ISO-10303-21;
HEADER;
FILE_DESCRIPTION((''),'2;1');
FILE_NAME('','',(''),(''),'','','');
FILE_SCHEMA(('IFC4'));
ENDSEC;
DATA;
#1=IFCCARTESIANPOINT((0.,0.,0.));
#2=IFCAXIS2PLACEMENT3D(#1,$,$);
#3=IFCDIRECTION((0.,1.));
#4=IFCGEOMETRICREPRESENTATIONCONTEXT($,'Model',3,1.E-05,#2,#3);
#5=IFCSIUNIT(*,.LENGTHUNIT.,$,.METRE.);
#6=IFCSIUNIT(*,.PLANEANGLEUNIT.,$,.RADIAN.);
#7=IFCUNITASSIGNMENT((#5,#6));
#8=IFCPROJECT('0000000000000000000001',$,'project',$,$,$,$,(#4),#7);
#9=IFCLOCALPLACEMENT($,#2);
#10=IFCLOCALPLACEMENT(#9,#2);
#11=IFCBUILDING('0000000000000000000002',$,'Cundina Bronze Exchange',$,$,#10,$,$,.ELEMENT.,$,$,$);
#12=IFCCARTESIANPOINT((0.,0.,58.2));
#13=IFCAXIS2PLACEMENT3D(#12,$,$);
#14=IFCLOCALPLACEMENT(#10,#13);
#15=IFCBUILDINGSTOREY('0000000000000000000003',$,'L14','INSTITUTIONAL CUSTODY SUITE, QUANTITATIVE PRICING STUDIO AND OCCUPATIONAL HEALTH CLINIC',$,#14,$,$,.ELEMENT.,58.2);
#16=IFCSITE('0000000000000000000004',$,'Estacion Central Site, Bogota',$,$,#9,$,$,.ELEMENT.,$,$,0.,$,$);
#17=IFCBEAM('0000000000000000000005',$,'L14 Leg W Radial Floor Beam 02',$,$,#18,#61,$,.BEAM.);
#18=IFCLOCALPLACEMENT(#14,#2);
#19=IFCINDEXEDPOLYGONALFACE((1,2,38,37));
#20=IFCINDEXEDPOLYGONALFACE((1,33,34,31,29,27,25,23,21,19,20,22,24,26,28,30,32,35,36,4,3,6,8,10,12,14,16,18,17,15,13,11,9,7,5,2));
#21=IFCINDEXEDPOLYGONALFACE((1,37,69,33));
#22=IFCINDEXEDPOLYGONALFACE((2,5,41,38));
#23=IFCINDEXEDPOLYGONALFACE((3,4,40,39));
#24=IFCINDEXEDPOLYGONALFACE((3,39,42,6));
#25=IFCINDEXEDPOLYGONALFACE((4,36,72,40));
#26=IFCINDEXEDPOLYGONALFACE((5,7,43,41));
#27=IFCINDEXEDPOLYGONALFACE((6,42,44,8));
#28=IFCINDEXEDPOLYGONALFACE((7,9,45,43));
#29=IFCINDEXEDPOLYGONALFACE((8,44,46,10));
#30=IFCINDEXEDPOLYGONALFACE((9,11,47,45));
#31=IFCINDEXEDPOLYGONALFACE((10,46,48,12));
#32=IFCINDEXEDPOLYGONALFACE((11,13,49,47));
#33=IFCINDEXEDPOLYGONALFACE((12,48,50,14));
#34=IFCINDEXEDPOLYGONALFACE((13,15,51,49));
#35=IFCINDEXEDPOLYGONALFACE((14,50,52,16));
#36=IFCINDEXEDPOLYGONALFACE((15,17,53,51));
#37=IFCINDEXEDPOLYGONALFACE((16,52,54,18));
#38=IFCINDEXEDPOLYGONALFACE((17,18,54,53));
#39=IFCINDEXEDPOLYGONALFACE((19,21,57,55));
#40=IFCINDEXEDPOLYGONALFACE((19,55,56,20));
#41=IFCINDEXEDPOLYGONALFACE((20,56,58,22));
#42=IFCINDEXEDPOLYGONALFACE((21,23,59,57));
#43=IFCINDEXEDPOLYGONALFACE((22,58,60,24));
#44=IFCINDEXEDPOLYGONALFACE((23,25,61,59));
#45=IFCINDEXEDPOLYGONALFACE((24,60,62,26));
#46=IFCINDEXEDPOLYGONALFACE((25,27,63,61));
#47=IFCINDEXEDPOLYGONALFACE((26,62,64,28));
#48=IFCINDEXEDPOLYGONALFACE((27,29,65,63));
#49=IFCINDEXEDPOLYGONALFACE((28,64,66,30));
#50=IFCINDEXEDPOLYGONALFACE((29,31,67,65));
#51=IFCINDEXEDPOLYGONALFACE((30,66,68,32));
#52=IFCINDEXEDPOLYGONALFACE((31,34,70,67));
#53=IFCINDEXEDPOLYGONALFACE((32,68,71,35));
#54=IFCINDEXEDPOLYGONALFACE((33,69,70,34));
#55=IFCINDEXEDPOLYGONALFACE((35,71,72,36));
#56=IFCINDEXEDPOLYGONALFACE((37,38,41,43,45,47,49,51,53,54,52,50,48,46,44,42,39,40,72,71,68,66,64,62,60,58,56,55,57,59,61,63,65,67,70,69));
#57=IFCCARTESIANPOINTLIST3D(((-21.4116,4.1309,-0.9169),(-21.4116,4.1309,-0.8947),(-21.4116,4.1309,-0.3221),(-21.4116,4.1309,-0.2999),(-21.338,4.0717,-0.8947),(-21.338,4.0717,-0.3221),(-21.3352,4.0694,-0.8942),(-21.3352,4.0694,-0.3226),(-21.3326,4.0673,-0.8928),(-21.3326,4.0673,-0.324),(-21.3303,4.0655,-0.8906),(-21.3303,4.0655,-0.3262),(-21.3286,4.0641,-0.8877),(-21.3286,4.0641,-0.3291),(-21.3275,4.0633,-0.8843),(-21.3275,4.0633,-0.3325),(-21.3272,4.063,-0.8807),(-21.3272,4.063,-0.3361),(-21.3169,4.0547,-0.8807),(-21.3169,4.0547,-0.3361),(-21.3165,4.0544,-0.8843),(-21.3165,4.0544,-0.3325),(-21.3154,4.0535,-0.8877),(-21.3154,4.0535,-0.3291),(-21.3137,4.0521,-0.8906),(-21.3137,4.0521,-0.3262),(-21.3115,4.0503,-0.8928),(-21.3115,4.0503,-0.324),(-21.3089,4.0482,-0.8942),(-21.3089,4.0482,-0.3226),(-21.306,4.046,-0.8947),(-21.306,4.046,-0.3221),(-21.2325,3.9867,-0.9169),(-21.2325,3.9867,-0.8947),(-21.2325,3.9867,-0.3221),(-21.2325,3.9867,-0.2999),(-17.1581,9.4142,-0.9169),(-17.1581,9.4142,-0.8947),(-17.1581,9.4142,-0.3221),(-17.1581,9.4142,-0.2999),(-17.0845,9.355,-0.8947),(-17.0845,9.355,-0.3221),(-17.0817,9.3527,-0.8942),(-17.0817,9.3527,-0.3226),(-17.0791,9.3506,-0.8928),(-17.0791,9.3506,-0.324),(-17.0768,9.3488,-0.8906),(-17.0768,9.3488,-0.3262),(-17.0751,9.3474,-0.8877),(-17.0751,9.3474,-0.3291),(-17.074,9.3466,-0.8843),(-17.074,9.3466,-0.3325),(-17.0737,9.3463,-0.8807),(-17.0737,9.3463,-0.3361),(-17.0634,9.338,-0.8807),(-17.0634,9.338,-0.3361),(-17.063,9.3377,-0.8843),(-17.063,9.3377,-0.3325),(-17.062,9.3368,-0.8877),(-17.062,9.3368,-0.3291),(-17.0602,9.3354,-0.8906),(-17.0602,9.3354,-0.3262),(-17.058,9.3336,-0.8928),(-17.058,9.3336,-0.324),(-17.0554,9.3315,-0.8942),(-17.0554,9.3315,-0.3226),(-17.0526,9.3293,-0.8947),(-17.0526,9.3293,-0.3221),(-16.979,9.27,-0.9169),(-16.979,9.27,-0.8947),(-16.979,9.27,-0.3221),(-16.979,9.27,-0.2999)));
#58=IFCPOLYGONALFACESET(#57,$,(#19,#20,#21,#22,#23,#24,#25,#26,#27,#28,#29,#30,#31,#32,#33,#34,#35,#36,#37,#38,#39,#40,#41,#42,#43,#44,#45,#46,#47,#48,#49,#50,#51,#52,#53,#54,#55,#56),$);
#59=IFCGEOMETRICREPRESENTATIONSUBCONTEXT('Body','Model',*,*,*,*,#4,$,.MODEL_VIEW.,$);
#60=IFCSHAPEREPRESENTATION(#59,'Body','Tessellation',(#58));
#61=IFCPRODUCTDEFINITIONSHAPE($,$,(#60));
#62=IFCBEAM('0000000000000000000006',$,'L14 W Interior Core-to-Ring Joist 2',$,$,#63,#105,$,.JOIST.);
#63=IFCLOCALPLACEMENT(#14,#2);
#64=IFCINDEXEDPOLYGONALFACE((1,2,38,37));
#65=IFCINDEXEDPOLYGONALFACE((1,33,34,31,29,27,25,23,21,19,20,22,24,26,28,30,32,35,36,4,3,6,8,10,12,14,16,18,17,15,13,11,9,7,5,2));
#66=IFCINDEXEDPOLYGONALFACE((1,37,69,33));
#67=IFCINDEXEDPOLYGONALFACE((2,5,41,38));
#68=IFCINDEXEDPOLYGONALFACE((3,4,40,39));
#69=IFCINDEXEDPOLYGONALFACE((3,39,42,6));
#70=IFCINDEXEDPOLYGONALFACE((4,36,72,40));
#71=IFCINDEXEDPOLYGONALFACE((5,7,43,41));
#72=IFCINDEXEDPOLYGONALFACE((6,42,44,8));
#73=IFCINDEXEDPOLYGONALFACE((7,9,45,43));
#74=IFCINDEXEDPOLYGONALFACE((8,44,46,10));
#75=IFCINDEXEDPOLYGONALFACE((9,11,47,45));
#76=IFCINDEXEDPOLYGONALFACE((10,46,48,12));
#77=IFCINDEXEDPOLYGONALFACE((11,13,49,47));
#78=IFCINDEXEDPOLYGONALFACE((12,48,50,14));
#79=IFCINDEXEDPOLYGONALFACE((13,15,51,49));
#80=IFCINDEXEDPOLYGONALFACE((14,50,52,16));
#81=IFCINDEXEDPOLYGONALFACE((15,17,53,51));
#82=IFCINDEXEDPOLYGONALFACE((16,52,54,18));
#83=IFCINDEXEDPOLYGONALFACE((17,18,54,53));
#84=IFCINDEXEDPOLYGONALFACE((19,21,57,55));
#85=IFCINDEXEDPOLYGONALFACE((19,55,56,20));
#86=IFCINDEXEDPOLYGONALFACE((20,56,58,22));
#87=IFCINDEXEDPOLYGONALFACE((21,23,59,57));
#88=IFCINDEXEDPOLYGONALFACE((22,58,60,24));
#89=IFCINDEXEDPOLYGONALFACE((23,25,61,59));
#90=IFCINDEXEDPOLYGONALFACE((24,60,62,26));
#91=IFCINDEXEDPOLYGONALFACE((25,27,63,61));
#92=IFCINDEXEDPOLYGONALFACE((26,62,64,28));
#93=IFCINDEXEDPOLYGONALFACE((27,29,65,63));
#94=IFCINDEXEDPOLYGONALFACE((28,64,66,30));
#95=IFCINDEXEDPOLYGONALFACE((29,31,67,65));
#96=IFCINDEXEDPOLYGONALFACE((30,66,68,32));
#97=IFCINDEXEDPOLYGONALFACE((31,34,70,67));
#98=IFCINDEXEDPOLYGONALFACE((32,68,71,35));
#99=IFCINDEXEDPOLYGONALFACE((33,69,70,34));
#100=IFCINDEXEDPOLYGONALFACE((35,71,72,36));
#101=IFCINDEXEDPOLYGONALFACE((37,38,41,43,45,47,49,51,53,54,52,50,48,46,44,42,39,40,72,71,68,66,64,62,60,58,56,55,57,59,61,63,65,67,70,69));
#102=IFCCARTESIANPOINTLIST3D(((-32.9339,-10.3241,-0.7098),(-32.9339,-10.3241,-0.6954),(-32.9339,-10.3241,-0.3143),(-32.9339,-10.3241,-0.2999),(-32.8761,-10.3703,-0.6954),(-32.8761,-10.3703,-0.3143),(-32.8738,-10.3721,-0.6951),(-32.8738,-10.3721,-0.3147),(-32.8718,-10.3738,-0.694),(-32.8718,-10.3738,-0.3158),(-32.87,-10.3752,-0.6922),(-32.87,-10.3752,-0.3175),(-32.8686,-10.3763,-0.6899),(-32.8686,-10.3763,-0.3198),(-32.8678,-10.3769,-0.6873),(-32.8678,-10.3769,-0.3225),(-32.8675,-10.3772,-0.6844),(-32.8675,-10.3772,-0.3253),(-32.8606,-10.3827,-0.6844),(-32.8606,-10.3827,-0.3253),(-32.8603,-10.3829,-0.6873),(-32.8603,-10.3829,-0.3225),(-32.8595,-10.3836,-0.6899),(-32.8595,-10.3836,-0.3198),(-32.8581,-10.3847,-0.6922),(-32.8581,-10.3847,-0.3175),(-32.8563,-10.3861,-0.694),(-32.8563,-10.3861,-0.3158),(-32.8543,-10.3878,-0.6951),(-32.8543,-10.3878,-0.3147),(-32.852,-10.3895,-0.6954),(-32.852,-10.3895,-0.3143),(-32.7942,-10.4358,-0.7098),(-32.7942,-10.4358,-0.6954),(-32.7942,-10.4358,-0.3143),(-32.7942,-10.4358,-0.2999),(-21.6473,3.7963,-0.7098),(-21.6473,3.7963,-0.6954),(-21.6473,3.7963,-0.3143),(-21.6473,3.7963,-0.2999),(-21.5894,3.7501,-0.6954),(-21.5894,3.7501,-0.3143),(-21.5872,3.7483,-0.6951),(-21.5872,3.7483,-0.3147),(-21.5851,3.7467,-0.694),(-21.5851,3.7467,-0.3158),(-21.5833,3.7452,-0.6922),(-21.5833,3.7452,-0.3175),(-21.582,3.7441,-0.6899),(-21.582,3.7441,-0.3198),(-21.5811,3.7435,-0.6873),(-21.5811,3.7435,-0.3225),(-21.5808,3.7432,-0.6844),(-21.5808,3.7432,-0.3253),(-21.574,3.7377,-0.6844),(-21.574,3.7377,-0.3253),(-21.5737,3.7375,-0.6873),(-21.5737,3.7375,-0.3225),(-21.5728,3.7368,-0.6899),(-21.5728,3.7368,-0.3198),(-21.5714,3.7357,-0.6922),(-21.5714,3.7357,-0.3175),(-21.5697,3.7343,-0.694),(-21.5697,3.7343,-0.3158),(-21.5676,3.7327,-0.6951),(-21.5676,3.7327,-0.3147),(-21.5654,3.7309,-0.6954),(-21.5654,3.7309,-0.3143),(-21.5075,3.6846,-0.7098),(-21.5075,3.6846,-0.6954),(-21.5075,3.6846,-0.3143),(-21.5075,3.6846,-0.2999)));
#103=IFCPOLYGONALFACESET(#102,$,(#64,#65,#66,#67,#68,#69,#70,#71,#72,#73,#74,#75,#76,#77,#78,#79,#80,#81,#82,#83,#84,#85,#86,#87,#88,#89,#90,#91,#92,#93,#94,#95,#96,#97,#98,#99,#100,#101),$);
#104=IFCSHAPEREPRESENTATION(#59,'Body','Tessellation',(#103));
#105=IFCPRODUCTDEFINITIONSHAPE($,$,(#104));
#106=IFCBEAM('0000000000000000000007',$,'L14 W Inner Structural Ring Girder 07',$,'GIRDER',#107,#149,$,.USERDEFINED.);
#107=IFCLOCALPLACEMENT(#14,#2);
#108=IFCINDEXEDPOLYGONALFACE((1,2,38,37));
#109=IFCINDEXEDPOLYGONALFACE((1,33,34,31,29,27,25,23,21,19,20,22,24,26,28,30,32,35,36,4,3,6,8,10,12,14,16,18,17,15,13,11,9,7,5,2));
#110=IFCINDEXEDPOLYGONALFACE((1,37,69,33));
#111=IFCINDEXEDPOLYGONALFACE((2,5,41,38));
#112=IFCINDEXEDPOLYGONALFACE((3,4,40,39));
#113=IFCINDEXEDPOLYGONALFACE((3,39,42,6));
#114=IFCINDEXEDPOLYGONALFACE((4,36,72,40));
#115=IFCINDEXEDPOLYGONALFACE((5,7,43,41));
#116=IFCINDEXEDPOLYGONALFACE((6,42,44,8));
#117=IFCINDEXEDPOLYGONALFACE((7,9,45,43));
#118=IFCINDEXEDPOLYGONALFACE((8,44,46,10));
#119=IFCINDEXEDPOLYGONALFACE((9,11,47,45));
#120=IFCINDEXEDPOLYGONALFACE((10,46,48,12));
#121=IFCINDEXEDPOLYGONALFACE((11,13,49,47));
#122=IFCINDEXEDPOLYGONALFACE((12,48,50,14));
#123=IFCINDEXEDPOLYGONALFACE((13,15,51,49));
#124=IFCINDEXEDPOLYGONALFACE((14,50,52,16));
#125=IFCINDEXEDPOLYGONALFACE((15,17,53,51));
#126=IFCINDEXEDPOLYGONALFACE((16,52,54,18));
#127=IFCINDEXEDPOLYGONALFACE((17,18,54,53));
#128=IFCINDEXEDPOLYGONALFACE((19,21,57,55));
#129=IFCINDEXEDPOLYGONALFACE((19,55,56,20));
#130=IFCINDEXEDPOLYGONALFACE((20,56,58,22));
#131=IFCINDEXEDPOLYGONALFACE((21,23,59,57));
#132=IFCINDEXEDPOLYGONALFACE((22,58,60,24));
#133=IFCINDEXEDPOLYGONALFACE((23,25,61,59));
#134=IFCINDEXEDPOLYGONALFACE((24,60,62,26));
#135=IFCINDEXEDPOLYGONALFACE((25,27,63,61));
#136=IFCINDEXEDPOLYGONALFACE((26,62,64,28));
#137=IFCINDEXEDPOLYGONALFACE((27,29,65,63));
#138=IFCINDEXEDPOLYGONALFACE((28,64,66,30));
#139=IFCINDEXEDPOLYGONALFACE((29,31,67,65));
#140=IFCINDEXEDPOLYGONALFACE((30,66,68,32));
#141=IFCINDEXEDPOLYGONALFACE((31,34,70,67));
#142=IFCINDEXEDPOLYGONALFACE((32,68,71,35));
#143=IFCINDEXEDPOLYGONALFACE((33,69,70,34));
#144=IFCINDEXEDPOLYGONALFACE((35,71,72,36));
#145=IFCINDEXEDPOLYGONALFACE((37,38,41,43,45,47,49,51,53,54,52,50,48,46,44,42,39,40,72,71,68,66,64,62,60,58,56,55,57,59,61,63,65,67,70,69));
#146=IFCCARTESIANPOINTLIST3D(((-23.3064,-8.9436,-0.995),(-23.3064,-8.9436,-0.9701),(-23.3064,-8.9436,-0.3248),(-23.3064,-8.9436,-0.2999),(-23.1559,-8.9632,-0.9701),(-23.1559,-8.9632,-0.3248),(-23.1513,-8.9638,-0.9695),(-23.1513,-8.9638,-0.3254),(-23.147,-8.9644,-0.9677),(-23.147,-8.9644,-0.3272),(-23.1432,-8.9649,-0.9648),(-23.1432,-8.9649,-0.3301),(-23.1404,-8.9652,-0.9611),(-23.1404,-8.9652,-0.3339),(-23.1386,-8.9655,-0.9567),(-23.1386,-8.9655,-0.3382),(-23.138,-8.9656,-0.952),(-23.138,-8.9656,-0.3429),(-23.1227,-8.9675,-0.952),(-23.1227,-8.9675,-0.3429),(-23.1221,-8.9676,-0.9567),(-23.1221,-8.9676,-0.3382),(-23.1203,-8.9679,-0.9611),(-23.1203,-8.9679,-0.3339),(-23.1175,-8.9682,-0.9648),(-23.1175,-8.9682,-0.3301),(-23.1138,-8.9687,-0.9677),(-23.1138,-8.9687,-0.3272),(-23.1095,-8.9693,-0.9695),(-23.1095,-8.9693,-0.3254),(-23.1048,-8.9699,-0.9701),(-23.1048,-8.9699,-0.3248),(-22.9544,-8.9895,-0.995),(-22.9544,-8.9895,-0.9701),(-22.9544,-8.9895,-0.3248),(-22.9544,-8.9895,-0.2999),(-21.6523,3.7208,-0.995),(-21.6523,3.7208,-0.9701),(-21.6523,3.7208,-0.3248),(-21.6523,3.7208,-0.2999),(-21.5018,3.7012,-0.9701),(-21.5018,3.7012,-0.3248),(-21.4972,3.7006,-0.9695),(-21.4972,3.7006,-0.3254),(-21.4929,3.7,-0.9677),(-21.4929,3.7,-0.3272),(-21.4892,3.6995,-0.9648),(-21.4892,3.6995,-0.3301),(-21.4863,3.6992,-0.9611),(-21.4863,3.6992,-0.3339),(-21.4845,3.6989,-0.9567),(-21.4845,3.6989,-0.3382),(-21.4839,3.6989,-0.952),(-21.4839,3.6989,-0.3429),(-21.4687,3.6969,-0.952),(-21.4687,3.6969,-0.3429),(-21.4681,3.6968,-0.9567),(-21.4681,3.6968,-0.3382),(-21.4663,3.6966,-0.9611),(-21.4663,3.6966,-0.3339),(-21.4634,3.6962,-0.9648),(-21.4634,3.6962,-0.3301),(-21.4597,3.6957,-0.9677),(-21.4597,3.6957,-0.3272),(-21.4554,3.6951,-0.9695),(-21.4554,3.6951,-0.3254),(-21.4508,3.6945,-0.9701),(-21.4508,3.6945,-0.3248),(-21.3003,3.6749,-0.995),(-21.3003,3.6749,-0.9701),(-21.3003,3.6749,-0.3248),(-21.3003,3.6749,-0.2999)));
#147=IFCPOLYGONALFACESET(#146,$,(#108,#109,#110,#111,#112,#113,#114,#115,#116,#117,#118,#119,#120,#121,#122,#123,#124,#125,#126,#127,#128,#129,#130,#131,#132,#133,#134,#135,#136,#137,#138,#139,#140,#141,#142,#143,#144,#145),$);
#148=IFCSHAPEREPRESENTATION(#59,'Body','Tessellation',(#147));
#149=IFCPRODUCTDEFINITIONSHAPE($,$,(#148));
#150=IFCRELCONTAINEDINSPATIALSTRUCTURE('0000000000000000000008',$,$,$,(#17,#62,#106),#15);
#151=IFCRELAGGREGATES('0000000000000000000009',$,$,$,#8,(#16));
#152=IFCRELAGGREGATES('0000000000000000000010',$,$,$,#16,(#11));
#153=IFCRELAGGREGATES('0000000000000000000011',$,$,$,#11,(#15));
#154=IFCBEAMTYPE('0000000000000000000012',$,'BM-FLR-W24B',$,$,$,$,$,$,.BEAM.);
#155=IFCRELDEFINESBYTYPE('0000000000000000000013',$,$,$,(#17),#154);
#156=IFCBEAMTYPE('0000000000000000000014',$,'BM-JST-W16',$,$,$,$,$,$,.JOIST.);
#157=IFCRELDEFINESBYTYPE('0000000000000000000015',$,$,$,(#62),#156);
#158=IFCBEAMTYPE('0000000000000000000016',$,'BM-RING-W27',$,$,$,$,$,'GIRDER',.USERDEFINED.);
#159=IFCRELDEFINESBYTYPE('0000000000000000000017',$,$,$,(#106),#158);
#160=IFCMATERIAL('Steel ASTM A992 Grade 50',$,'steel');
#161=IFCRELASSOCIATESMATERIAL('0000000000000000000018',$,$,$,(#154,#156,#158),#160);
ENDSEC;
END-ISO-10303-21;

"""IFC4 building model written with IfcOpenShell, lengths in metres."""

from ifc_helpers import new_model, si_unit, direction, frame, origin, origin_2d, place, context, subcontext, project, spatial, i_section, extrude, material, material_profile, profile_set, type_object, element, save


model = new_model("IFC4")

# Units and contexts
model_context = context("Model", 3, precision=1e-05, world=origin(), true_north=direction((0.0, 1.0)))
body_context = subcontext(model_context, "Body", "Model", "MODEL_VIEW")
ifc_project = project(units=[si_unit("LENGTHUNIT", "METRE"), si_unit("PLANEANGLEUNIT", "RADIAN")], contexts=[model_context])

# Site, building, storey
site_placement = place(None, origin())
site = spatial("IfcSite", under=ifc_project, at=site_placement, Name="Estacion Central Site, Bogota", CompositionType="ELEMENT", RefElevation=0.0)
building_placement = place(site_placement, origin())
building = spatial("IfcBuilding", under=site, at=building_placement, Name="Cundina Bronze Exchange", CompositionType="ELEMENT")
storey_placement = place(building_placement, frame((0.0, 0.0, 58.2)))
storey = spatial("IfcBuildingStorey", under=building, at=storey_placement, Name="L14", Description="INSTITUTIONAL CUSTODY SUITE, QUANTITATIVE PRICING STUDIO AND OCCUPATIONAL HEALTH CLINIC", CompositionType="ELEMENT", Elevation=58.2)

# Shared definitions
ifc_material_1 = material(Name="Steel ASTM A992 Grade 50", Category="steel")

# Beams
ifc_material_profile_1 = material_profile(ifc_material_1, i_section(OverallWidth=0.23, OverallDepth=0.6169, WebThickness=0.0132, FlangeThickness=0.0222, FilletRadius=0.0139, at=origin_2d()), Name="W24X94", Category="steel")
ifc_profile_set_1 = profile_set([ifc_material_profile_1], Name="Steel ASTM A992 Grade 50")
beam_type_1 = type_object("IfcBeamType", Name="BM-FLR-W24B", PredefinedType="BEAM", material=ifc_profile_set_1)
beam_1_placement = place(storey_placement, frame((-21.322, 4.0588, -0.6084), z_axis=(0.627106, 0.778934, 0.0), x_axis=(-0.778934, 0.627106, 0.0)))
element("IfcBeam", 1, at=beam_1_placement, inside=storey, type_object=beam_type_1, Name="L14 Leg W Radial Floor Beam 02", PredefinedType="BEAM", context=body_context, shape_type="SweptSolid", body=[
    extrude(i_section(OverallWidth=0.23, OverallDepth=0.6169, WebThickness=0.0132, FlangeThickness=0.0222, FilletRadius=0.0139, at=origin_2d()), origin(), (0.0, 0.0, 1.0), 6.7827),
])
ifc_material_profile_2 = material_profile(ifc_material_1, i_section(OverallWidth=0.179, OverallDepth=0.4099, WebThickness=0.0088, FlangeThickness=0.0144, FilletRadius=0.011, at=origin_2d()), Name="W16X45", Category="steel")
ifc_profile_set_2 = profile_set([ifc_material_profile_2], Name="Steel ASTM A992 Grade 50")
beam_type_2 = type_object("IfcBeamType", Name="BM-JST-W16", PredefinedType="JOIST", material=ifc_profile_set_2)
beam_2_placement = place(storey_placement, frame((-21.5774, 3.7405, -0.5049), z_axis=(-0.624369, -0.78113, 0.0), x_axis=(0.78113, -0.624369, 0.0)))
element("IfcBeam", 2, at=beam_2_placement, inside=storey, type_object=beam_type_2, Name="L14 W Interior Core-to-Ring Joist 2", PredefinedType="JOIST", context=body_context, shape_type="SweptSolid", body=[
    extrude(i_section(OverallWidth=0.179, OverallDepth=0.4099, WebThickness=0.0088, FlangeThickness=0.0144, FilletRadius=0.011, at=origin_2d()), origin(), (0.0, 0.0, 1.0), 18.0769),
])
ifc_material_profile_3 = material_profile(ifc_material_1, i_section(OverallWidth=0.355, OverallDepth=0.6951, WebThickness=0.0154, FlangeThickness=0.0249, FilletRadius=0.0181, at=origin_2d()), Name="W27X146", Category="steel")
ifc_profile_set_3 = profile_set([ifc_material_profile_3], Name="Steel ASTM A992 Grade 50")
beam_type_3 = type_object("IfcBeamType", Name="BM-RING-W27", ElementType="GIRDER", PredefinedType="USERDEFINED", material=ifc_profile_set_3)
beam_3_placement = place(storey_placement, frame((-23.1304, -8.9666, -0.6475), z_axis=(0.129508, 0.991578, 0.0), x_axis=(-0.991578, 0.129508, 0.0)))
element("IfcBeam", 3, at=beam_3_placement, inside=storey, type_object=beam_type_3, Name="L14 W Inner Structural Ring Girder 07", ObjectType="GIRDER", PredefinedType="USERDEFINED", context=body_context, shape_type="SweptSolid", body=[
    extrude(i_section(OverallWidth=0.355, OverallDepth=0.6951, WebThickness=0.0154, FlangeThickness=0.0249, FilletRadius=0.0181, at=origin_2d()), origin(), (0.0, 0.0, 1.0), 12.772),
])

save(model, "model.ifc")
